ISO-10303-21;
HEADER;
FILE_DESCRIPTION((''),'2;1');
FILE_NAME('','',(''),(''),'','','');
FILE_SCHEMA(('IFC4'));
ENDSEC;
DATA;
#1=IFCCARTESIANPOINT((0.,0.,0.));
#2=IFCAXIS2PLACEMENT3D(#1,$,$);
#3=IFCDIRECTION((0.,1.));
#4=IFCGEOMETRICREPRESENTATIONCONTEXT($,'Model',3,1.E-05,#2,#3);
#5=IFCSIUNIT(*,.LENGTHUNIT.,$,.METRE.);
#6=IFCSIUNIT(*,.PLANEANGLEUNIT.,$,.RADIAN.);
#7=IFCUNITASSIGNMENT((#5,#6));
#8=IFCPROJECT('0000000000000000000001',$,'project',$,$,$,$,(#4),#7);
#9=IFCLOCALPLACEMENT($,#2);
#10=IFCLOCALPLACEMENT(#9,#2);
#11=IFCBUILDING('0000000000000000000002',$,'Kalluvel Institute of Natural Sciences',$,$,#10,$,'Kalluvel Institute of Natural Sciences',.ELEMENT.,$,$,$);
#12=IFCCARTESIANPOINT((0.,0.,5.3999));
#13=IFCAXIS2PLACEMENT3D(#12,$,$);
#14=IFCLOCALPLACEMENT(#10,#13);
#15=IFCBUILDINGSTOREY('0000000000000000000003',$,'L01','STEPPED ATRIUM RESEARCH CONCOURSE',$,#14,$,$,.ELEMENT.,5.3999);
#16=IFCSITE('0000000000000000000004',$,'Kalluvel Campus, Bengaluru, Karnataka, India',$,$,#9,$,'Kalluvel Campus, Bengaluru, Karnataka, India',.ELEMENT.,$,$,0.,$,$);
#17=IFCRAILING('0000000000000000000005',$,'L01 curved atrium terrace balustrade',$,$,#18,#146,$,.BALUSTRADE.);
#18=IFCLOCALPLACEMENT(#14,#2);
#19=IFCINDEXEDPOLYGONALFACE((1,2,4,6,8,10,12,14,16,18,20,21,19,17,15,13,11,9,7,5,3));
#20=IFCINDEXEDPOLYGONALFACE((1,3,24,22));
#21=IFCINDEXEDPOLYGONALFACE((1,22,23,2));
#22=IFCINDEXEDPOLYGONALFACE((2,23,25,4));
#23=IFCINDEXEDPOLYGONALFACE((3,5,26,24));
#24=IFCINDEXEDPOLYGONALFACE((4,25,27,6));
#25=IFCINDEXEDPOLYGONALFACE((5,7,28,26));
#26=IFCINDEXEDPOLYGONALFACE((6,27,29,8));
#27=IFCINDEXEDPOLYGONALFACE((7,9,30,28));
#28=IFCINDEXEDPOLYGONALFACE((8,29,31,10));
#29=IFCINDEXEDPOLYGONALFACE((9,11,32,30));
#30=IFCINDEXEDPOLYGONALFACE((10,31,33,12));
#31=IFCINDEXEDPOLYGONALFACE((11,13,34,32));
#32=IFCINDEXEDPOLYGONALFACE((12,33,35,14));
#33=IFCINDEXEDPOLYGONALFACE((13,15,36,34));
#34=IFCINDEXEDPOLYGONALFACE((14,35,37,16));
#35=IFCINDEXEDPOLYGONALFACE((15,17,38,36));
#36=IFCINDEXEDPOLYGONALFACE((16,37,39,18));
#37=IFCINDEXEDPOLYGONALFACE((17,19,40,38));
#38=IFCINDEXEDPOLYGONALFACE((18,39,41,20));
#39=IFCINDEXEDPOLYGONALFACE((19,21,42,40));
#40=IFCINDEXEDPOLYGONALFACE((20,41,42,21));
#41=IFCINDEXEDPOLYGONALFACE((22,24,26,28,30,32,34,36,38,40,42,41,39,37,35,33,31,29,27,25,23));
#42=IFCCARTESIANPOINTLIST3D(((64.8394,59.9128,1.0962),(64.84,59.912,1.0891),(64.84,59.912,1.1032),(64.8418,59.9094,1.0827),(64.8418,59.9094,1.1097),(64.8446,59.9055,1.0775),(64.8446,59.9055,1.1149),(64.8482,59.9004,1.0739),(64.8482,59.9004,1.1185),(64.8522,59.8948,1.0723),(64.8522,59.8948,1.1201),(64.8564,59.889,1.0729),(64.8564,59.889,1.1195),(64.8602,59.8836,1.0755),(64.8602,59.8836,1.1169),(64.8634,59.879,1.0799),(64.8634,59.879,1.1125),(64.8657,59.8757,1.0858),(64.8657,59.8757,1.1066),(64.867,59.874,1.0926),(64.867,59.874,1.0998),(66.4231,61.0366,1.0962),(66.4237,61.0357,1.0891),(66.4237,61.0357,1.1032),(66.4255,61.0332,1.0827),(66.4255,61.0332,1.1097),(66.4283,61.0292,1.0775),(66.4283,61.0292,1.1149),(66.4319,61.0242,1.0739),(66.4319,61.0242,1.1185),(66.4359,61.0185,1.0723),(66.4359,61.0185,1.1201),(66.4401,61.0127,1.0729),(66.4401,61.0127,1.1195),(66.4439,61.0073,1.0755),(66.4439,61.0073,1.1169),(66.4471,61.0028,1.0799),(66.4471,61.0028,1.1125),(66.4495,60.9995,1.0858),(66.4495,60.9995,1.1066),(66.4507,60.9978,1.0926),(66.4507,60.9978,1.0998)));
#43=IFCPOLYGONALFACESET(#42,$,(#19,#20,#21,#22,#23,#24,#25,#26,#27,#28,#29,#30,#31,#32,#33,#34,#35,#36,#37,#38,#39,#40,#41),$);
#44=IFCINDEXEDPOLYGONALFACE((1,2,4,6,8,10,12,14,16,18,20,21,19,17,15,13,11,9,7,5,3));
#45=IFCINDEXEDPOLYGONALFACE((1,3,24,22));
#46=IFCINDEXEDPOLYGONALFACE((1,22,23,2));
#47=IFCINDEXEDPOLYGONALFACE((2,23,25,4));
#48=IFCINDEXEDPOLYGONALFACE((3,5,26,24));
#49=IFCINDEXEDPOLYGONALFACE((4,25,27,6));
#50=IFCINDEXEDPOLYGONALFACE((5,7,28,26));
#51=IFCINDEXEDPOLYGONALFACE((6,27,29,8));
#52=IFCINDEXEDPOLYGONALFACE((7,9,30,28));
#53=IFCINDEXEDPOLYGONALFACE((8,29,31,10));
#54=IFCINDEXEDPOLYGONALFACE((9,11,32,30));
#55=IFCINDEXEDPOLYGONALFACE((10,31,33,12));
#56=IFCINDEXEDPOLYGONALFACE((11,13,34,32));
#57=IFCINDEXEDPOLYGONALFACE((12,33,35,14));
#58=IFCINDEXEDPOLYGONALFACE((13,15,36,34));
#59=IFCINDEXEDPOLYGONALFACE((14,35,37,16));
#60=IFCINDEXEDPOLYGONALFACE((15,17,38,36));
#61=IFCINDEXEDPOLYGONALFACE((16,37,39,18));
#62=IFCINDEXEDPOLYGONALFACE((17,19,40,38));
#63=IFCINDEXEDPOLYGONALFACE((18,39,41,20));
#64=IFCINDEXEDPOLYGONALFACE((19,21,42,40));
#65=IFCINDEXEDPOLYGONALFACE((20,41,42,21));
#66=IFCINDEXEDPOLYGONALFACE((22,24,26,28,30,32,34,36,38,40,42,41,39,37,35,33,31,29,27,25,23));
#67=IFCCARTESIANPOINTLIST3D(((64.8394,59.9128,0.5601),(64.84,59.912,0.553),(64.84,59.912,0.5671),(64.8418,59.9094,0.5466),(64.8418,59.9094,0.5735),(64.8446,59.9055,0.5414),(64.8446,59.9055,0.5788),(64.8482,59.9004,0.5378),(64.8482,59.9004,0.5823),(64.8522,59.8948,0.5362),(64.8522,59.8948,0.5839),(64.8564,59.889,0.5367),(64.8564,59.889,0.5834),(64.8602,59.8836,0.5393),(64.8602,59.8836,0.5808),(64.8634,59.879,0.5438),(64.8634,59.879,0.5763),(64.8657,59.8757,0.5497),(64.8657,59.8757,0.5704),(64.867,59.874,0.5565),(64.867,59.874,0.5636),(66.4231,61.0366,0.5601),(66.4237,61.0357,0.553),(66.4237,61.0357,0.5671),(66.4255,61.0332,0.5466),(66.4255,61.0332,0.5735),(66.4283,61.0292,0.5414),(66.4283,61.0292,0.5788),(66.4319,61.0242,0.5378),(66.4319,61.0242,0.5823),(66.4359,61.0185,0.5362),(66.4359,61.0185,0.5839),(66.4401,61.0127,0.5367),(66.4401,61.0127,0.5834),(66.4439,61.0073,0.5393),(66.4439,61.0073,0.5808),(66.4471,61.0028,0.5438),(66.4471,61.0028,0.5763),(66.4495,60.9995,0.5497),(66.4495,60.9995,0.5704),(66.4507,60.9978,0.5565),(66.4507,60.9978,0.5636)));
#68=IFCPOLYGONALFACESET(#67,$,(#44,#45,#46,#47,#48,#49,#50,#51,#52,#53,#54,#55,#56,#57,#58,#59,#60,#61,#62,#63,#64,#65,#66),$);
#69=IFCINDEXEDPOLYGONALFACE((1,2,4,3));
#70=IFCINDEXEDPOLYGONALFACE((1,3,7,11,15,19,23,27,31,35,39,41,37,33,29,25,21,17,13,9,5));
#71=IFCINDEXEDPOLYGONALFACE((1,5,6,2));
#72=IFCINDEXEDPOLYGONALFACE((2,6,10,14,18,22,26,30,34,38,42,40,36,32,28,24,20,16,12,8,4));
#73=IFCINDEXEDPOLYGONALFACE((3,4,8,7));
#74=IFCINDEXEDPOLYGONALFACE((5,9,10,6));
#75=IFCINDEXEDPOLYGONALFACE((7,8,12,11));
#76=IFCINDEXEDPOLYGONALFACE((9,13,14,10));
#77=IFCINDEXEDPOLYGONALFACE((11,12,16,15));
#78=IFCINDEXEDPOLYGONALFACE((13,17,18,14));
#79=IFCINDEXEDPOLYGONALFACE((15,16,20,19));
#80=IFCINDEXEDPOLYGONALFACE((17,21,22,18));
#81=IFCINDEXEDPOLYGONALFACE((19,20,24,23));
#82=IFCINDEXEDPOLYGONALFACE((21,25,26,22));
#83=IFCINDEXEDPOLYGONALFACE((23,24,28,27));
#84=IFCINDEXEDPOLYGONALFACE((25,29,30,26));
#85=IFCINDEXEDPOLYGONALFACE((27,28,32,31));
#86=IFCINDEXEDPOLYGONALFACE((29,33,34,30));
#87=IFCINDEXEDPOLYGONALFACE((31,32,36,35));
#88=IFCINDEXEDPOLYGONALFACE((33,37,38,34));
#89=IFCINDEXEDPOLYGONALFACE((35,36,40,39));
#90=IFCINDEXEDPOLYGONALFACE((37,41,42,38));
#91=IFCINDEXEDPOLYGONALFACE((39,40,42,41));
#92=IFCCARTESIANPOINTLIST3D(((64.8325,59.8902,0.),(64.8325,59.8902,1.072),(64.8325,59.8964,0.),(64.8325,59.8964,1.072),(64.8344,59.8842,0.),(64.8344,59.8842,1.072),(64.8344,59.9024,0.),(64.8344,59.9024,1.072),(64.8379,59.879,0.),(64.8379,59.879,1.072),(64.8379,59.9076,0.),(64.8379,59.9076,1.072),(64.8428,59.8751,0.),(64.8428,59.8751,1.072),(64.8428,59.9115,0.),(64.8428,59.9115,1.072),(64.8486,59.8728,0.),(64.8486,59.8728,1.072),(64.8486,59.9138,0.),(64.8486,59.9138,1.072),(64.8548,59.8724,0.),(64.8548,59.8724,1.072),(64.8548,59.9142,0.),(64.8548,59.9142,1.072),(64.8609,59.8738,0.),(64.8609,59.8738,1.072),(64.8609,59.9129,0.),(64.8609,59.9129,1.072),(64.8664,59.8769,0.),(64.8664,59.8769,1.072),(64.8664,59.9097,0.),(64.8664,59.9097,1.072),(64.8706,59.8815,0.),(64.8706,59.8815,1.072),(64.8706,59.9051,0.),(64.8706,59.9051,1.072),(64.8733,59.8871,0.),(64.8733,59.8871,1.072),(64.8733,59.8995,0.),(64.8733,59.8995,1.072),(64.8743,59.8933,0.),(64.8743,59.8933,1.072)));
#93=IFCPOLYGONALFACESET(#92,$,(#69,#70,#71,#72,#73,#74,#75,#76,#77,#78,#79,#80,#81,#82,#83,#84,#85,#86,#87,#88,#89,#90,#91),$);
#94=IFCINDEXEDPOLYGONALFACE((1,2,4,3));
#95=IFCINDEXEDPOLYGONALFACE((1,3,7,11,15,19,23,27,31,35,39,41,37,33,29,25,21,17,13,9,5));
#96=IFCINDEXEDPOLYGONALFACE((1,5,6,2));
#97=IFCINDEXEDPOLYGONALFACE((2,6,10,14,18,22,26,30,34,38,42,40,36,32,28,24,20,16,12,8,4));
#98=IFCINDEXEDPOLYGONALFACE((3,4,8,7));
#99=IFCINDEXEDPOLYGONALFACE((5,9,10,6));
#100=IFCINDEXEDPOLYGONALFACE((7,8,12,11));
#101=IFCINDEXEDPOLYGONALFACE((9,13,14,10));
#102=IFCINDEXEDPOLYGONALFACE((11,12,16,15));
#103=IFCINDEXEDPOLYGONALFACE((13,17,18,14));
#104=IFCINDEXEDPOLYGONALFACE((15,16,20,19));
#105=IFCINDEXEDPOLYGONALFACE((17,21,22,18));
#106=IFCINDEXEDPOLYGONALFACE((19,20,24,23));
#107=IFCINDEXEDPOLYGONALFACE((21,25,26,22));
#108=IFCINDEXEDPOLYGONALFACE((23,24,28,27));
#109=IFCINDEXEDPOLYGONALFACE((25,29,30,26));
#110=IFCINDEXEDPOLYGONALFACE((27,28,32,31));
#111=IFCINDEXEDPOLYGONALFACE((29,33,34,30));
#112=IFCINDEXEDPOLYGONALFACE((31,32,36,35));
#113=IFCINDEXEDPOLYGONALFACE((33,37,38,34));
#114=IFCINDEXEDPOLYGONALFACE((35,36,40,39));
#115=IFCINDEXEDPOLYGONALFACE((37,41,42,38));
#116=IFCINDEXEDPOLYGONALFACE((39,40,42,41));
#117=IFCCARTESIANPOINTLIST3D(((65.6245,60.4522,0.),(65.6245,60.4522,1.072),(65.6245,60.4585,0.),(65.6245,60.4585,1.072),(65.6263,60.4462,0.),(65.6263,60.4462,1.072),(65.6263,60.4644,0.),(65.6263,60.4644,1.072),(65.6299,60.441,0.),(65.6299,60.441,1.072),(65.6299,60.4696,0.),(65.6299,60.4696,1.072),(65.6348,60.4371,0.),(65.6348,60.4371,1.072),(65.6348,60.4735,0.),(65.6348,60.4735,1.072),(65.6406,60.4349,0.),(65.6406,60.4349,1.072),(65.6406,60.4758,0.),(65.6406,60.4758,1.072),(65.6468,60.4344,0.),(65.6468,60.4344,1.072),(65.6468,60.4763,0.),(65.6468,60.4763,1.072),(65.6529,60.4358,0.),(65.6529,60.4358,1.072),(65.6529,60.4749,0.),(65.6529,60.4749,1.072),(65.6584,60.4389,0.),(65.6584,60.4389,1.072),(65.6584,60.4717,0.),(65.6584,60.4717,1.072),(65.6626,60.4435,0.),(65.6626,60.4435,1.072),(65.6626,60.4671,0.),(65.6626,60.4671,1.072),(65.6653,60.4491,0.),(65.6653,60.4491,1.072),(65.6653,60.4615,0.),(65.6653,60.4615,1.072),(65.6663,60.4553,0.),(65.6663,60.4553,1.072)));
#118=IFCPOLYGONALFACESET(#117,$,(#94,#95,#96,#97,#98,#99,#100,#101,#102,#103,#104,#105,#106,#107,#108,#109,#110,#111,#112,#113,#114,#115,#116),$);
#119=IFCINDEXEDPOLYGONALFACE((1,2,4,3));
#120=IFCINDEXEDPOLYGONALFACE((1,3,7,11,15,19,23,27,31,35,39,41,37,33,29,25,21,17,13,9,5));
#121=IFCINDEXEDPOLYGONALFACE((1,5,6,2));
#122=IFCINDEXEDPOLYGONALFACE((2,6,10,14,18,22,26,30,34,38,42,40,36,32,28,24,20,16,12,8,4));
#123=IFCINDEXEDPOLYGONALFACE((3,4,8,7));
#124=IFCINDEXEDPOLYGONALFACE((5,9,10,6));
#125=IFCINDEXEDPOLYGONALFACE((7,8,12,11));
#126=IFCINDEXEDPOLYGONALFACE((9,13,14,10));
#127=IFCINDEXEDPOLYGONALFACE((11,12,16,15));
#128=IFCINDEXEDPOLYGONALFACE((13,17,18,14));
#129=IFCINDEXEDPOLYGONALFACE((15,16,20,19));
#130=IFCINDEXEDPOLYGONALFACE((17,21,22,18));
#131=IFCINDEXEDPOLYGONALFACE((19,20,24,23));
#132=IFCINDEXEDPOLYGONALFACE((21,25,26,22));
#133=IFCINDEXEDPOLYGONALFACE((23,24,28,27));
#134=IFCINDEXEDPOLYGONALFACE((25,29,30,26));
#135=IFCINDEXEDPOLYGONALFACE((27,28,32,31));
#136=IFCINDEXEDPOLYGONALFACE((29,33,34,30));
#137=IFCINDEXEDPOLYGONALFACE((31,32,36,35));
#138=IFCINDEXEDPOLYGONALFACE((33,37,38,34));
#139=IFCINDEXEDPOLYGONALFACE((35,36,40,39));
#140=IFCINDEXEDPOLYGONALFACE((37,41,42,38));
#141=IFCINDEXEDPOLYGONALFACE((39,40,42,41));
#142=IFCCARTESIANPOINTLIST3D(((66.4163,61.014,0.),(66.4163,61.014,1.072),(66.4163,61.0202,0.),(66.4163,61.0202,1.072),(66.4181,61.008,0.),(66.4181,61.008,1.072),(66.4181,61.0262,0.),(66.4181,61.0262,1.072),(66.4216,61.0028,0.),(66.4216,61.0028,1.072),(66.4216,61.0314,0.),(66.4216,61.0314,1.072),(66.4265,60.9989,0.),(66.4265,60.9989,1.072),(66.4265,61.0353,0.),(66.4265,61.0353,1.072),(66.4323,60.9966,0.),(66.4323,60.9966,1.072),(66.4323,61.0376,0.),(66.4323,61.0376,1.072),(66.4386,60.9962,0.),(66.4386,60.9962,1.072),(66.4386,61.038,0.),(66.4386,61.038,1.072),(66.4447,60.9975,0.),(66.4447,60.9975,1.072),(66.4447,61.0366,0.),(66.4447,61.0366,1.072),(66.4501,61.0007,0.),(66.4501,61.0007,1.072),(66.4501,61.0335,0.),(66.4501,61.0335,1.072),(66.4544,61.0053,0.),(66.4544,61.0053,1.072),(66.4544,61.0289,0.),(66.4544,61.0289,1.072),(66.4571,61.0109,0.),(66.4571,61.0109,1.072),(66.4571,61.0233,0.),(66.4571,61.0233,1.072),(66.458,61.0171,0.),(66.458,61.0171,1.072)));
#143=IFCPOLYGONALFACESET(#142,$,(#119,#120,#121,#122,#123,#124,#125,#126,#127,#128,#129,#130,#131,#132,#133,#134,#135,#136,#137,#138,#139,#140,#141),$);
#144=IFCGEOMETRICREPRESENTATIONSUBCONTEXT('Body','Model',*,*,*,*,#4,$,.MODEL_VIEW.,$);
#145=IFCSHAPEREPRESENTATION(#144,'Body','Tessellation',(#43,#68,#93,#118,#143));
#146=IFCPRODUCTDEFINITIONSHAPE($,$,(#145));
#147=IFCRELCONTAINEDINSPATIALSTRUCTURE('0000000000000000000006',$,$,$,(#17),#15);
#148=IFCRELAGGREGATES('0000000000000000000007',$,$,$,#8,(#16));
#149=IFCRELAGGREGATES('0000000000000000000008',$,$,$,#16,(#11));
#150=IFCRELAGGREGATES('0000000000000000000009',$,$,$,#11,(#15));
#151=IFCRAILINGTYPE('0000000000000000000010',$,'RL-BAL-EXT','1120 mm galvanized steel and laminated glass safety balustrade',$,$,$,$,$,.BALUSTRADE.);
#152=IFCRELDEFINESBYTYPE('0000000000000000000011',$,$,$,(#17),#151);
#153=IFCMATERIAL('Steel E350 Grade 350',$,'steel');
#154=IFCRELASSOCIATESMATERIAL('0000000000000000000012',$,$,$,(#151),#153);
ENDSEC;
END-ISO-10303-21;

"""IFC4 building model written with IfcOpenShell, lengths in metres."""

from ifc_helpers import new_model, si_unit, direction, frame, origin, origin_2d, place, context, subcontext, project, spatial, circle, extrude, material, type_object, element, save


model = new_model("IFC4")

# Units and contexts
model_context = context("Model", 3, precision=1e-05, world=origin(), true_north=direction((0.0, 1.0)))
body_context = subcontext(model_context, "Body", "Model", "MODEL_VIEW")
ifc_project = project(units=[si_unit("LENGTHUNIT", "METRE"), si_unit("PLANEANGLEUNIT", "RADIAN")], contexts=[model_context])

# Site, building, storey
site_placement = place(None, origin())
site = spatial("IfcSite", under=ifc_project, at=site_placement, Name="Kalluvel Campus, Bengaluru, Karnataka, India", LongName="Kalluvel Campus, Bengaluru, Karnataka, India", CompositionType="ELEMENT", RefElevation=0.0)
building_placement = place(site_placement, origin())
building = spatial("IfcBuilding", under=site, at=building_placement, Name="Kalluvel Institute of Natural Sciences", LongName="Kalluvel Institute of Natural Sciences", CompositionType="ELEMENT")
storey_placement = place(building_placement, frame((0.0, 0.0, 5.3999)))
storey = spatial("IfcBuildingStorey", under=building, at=storey_placement, Name="L01", Description="STEPPED ATRIUM RESEARCH CONCOURSE", CompositionType="ELEMENT", Elevation=5.3999)

# Railing
ifc_material_1 = material(Name="Steel E350 Grade 350", Category="steel")
railing_type = type_object("IfcRailingType", Name="RL-BAL-EXT", Description="1120 mm galvanized steel and laminated glass safety balustrade", PredefinedType="BALUSTRADE", material=ifc_material_1)
railing_placement = place(storey_placement, frame((64.8533, 59.8933, 0.0)))
element("IfcRailing", 1, at=railing_placement, inside=storey, type_object=railing_type, Name="L01 curved atrium terrace balustrade", PredefinedType="BALUSTRADE", context=body_context, shape_type="SweptSolid", body=[
    extrude(circle(Radius=0.0239, at=origin_2d()), frame((0.0, 0.0, 1.0962), z_axis=(0.815547, 0.57869, 0.0), x_axis=(-0.57869, 0.815547, 0.0)), (0.0, 0.0, 1.0), 1.9419),
    extrude(circle(Radius=0.0239, at=origin_2d()), frame((0.0, 0.0, 0.5601), z_axis=(0.815547, 0.57869, 0.0), x_axis=(-0.57869, 0.815547, 0.0)), (0.0, 0.0, 1.0), 1.9419),
    extrude(circle(Radius=0.021, at=origin_2d()), origin(), (0.0, 0.0, 1.0), 1.072),
    extrude(circle(Radius=0.021, at=origin_2d()), frame((0.792, 0.562, 0.0)), (0.0, 0.0, 1.0), 1.072),
    extrude(circle(Radius=0.021, at=origin_2d()), frame((1.5837, 1.1238, 0.0)), (0.0, 0.0, 1.0), 1.072),
])

save(model, "model.ifc")
